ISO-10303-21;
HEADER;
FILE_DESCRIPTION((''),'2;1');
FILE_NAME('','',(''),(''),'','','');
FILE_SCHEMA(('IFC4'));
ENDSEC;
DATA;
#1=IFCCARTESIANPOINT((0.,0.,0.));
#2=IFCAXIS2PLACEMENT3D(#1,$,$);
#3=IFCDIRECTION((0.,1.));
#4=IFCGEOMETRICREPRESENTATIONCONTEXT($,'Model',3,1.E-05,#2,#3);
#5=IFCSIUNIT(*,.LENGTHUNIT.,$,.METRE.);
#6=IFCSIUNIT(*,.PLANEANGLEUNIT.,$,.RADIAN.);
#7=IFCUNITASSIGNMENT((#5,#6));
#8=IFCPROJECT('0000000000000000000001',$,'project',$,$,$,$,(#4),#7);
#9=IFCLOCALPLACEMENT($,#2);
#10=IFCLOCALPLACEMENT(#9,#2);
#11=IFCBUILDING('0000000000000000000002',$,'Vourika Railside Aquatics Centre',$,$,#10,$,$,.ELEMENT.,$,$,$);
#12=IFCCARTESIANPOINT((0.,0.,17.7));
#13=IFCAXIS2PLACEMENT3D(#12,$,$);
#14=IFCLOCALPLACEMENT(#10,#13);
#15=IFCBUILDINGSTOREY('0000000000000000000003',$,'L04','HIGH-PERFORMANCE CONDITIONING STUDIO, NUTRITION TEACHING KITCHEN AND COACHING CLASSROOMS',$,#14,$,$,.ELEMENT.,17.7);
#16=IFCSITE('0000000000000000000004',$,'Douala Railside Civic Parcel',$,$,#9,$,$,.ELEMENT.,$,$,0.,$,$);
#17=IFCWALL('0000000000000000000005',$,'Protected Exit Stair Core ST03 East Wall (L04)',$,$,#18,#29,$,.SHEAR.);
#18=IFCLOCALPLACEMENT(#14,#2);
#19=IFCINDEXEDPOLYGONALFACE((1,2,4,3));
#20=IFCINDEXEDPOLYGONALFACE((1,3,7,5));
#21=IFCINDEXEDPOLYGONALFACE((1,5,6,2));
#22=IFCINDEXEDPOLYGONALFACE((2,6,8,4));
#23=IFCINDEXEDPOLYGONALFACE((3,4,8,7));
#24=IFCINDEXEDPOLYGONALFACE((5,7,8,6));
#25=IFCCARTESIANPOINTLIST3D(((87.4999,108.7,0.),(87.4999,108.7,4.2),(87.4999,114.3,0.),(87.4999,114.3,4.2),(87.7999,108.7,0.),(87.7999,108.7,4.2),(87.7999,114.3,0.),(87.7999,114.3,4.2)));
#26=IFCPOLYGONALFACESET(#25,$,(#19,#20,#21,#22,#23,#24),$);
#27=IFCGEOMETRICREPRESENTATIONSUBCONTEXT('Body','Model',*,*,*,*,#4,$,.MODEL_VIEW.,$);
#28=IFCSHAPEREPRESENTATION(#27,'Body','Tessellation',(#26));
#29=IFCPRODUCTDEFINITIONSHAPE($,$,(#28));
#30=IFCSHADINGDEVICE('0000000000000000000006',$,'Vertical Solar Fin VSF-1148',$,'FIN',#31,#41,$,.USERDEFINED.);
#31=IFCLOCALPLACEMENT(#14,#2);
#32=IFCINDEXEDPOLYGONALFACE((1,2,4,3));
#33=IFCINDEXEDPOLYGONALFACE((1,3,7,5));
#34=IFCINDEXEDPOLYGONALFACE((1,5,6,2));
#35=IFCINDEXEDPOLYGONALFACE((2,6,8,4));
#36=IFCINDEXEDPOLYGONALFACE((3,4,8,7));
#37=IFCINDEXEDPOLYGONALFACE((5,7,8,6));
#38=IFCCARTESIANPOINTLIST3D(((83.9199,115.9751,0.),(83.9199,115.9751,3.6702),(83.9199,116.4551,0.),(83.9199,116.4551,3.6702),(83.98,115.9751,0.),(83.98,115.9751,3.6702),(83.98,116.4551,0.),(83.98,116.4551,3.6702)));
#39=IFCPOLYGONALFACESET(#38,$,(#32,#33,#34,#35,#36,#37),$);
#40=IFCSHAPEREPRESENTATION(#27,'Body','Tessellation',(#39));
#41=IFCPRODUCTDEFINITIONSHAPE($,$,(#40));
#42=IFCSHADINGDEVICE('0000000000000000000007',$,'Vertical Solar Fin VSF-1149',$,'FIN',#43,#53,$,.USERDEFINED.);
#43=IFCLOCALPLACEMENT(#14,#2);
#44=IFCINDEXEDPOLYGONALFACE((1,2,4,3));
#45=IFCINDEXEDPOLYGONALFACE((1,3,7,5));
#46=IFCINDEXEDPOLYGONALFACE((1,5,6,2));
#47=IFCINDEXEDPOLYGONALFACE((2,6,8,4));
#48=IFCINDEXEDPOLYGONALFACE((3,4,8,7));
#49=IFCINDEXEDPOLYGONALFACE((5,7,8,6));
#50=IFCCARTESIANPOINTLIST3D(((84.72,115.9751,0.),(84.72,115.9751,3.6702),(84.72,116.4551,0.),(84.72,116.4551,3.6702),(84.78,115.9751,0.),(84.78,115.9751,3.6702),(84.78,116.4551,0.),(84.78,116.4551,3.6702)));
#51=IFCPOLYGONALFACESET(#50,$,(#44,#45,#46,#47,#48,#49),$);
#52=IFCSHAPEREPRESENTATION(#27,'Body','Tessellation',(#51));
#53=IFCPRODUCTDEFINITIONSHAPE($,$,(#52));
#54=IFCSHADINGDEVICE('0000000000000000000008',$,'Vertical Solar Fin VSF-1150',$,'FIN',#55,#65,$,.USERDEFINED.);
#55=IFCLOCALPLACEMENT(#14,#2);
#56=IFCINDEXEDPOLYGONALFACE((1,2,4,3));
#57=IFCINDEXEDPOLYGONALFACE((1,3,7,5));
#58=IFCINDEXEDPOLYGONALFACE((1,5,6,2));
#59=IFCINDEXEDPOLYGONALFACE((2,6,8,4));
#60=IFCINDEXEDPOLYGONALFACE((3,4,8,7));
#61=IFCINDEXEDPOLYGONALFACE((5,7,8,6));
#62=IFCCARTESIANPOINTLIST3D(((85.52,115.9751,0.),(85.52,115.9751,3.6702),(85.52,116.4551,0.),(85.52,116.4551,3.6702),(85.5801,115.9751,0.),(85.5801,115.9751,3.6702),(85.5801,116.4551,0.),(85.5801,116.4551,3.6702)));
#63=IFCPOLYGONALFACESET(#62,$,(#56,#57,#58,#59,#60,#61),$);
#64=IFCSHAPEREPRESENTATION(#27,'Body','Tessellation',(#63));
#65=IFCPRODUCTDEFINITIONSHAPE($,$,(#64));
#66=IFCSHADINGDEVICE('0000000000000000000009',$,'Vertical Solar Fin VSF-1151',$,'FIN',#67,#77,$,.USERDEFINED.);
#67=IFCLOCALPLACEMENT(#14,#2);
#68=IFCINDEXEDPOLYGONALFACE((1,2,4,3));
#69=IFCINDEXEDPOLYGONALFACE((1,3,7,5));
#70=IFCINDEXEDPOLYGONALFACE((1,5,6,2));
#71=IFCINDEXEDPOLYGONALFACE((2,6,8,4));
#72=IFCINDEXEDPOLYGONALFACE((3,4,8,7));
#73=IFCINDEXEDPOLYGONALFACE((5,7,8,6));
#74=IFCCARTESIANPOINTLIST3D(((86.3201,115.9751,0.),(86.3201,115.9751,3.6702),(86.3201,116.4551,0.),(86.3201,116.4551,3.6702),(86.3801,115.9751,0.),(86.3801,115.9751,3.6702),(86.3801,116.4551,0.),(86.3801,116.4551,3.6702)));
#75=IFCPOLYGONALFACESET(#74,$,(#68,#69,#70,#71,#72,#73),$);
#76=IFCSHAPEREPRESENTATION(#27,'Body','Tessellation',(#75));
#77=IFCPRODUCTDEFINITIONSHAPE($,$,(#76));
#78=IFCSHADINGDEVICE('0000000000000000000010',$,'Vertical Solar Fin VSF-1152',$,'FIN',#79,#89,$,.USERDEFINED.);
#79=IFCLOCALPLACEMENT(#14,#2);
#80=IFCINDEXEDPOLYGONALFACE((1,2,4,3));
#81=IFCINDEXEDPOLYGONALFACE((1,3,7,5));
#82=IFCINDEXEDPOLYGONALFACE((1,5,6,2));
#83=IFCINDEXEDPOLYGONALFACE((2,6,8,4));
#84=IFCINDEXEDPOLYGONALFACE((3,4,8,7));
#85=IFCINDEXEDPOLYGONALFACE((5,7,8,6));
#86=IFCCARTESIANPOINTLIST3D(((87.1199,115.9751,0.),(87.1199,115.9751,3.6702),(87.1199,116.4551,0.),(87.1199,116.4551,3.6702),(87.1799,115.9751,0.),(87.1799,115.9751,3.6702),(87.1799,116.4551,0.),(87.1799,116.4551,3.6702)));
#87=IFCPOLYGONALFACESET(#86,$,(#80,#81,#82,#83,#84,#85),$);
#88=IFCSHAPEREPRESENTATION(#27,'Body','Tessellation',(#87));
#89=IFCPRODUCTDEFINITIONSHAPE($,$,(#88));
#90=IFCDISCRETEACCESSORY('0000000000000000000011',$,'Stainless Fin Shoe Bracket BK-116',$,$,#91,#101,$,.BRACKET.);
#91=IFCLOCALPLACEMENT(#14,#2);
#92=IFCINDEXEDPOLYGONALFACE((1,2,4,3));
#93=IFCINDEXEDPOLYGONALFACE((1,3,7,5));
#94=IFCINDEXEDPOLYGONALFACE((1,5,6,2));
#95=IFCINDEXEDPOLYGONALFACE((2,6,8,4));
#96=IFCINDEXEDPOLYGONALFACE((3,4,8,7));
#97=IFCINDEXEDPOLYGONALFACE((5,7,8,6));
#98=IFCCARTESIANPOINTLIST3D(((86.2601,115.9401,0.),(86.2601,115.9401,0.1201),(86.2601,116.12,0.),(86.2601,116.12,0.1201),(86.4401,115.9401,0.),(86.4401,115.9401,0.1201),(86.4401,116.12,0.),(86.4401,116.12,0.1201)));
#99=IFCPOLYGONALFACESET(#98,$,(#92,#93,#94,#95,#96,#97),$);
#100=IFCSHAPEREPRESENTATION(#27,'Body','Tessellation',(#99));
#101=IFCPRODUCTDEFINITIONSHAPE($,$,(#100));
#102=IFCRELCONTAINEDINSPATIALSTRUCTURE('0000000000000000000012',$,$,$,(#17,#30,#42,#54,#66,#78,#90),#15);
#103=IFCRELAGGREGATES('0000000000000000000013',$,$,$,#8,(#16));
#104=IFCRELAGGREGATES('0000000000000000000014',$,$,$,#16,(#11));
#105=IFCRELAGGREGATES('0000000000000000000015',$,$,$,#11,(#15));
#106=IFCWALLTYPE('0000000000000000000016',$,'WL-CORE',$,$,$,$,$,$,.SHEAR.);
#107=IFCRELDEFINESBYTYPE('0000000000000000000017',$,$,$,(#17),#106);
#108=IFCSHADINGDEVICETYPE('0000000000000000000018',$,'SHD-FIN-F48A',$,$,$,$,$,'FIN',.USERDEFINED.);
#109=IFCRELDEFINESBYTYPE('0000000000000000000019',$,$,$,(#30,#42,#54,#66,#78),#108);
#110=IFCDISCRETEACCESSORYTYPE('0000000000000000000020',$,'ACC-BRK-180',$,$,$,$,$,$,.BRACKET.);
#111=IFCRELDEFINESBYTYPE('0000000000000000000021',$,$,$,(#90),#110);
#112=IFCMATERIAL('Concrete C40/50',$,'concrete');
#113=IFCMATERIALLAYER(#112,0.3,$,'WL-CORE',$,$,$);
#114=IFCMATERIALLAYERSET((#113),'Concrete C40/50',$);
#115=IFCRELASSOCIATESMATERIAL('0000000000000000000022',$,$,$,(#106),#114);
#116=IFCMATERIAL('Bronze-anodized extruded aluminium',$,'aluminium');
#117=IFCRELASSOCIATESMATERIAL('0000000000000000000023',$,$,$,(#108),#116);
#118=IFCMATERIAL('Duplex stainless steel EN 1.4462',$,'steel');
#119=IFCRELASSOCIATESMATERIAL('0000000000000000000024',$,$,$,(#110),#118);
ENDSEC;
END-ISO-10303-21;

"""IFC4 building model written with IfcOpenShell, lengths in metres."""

from ifc_helpers import new_model, si_unit, direction, frame, frame_2d, origin, origin_2d, place, context, subcontext, project, spatial, rectangle, extrude, material, layer, layer_set, material_profile, profile_set, type_object, element, save


model = new_model("IFC4")

# Units and contexts
model_context = context("Model", 3, precision=1e-05, world=origin(), true_north=direction((0.0, 1.0)))
body_context = subcontext(model_context, "Body", "Model", "MODEL_VIEW")
ifc_project = project(units=[si_unit("LENGTHUNIT", "METRE"), si_unit("PLANEANGLEUNIT", "RADIAN")], contexts=[model_context])

# Site, building, storey
site_placement = place(None, origin())
site = spatial("IfcSite", under=ifc_project, at=site_placement, Name="Douala Railside Civic Parcel", CompositionType="ELEMENT", RefElevation=0.0)
building_placement = place(site_placement, origin())
building = spatial("IfcBuilding", under=site, at=building_placement, Name="Vourika Railside Aquatics Centre", CompositionType="ELEMENT")
storey_placement = place(building_placement, frame((0.0, 0.0, 17.7)))
storey = spatial("IfcBuildingStorey", under=building, at=storey_placement, Name="L04", Description="HIGH-PERFORMANCE CONDITIONING STUDIO, NUTRITION TEACHING KITCHEN AND COACHING CLASSROOMS", CompositionType="ELEMENT", Elevation=17.7)

# Wall
ifc_material_1 = material(Name="Concrete C40/50", Category="concrete")
ifc_layer_1 = layer(ifc_material_1, 0.3, Name="WL-CORE")
ifc_layer_set_1 = layer_set([ifc_layer_1], Name="Concrete C40/50")
wall_type = type_object("IfcWallType", Name="WL-CORE", PredefinedType="SHEAR", material=ifc_layer_set_1)
wall_1_placement = place(storey_placement, frame((87.6499, 108.7, 0.0), z_axis=(0.0, 0.0, 1.0), x_axis=(0.0, 1.0, 0.0)))
element("IfcWall", 1, at=wall_1_placement, inside=storey, type_object=wall_type, Name="Protected Exit Stair Core ST03 East Wall (L04)", PredefinedType="SHEAR", context=body_context, shape_type="SweptSolid", body=[
    extrude(rectangle(XDim=5.6001, YDim=0.3, at=frame_2d((2.8, 0.0))), origin(), (0.0, 0.0, 1.0), 4.2),
])

# Shading devices
ifc_material_2 = material(Name="Bronze-anodized extruded aluminium", Category="aluminium")
ifc_material_profile_1 = material_profile(ifc_material_2, rectangle(XDim=0.0601, YDim=0.48, at=origin_2d()), Name="ALU-FIN 60x480")
ifc_profile_set_1 = profile_set([ifc_material_profile_1], Name="Bronze-anodized extruded aluminium")
shading_device_type = type_object("IfcShadingDeviceType", Name="SHD-FIN-F48A", ElementType="FIN", PredefinedType="USERDEFINED", material=ifc_profile_set_1)
for number, where, z_axis, x_axis, name in (
    (2, (83.95, 116.2151, 0.0), (0.0, 0.0, 1.0), (1.0, 0.0, 0.0), "Vertical Solar Fin VSF-1148"),
    (3, (84.75, 116.2151, 0.0), (0.0, 0.0, 1.0), (1.0, 0.0, 0.0), "Vertical Solar Fin VSF-1149"),
    (4, (85.55, 116.2151, 0.0), (0.0, 0.0, 1.0), (1.0, 0.0, 0.0), "Vertical Solar Fin VSF-1150"),
    (5, (86.3501, 116.2151, 0.0), (0.0, 0.0, 1.0), (1.0, 0.0, 0.0), "Vertical Solar Fin VSF-1151"),
    (6, (87.1499, 116.2151, 0.0), (0.0, 0.0, 1.0), (1.0, 0.0, 0.0), "Vertical Solar Fin VSF-1152"),
):
    element("IfcShadingDevice", number, at=place(storey_placement, frame(where, z_axis=z_axis, x_axis=x_axis)), inside=storey, type_object=shading_device_type, Name=name, ObjectType="FIN", PredefinedType="USERDEFINED", context=body_context, shape_type="SweptSolid", body=[
        extrude(rectangle(XDim=0.0601, YDim=0.48, at=origin_2d()), origin(), (0.0, 0.0, 1.0), 3.6702),
    ])

# Discrete accessory
ifc_material_3 = material(Name="Duplex stainless steel EN 1.4462", Category="steel")
discrete_accessory_type = type_object("IfcDiscreteAccessoryType", Name="ACC-BRK-180", PredefinedType="BRACKET", material=ifc_material_3)
discrete_accessory_placement = place(storey_placement, frame((86.3501, 116.03, 0.0), z_axis=(0.0, 0.0, 1.0), x_axis=(0.0, 1.0, 0.0)))
element("IfcDiscreteAccessory", 7, at=discrete_accessory_placement, inside=storey, type_object=discrete_accessory_type, Name="Stainless Fin Shoe Bracket BK-116", PredefinedType="BRACKET", context=body_context, shape_type="SweptSolid", body=[
    extrude(rectangle(XDim=0.1799, YDim=0.1799, at=origin_2d()), origin(), (0.0, 0.0, 1.0), 0.1201),
])

save(model, "model.ifc")
